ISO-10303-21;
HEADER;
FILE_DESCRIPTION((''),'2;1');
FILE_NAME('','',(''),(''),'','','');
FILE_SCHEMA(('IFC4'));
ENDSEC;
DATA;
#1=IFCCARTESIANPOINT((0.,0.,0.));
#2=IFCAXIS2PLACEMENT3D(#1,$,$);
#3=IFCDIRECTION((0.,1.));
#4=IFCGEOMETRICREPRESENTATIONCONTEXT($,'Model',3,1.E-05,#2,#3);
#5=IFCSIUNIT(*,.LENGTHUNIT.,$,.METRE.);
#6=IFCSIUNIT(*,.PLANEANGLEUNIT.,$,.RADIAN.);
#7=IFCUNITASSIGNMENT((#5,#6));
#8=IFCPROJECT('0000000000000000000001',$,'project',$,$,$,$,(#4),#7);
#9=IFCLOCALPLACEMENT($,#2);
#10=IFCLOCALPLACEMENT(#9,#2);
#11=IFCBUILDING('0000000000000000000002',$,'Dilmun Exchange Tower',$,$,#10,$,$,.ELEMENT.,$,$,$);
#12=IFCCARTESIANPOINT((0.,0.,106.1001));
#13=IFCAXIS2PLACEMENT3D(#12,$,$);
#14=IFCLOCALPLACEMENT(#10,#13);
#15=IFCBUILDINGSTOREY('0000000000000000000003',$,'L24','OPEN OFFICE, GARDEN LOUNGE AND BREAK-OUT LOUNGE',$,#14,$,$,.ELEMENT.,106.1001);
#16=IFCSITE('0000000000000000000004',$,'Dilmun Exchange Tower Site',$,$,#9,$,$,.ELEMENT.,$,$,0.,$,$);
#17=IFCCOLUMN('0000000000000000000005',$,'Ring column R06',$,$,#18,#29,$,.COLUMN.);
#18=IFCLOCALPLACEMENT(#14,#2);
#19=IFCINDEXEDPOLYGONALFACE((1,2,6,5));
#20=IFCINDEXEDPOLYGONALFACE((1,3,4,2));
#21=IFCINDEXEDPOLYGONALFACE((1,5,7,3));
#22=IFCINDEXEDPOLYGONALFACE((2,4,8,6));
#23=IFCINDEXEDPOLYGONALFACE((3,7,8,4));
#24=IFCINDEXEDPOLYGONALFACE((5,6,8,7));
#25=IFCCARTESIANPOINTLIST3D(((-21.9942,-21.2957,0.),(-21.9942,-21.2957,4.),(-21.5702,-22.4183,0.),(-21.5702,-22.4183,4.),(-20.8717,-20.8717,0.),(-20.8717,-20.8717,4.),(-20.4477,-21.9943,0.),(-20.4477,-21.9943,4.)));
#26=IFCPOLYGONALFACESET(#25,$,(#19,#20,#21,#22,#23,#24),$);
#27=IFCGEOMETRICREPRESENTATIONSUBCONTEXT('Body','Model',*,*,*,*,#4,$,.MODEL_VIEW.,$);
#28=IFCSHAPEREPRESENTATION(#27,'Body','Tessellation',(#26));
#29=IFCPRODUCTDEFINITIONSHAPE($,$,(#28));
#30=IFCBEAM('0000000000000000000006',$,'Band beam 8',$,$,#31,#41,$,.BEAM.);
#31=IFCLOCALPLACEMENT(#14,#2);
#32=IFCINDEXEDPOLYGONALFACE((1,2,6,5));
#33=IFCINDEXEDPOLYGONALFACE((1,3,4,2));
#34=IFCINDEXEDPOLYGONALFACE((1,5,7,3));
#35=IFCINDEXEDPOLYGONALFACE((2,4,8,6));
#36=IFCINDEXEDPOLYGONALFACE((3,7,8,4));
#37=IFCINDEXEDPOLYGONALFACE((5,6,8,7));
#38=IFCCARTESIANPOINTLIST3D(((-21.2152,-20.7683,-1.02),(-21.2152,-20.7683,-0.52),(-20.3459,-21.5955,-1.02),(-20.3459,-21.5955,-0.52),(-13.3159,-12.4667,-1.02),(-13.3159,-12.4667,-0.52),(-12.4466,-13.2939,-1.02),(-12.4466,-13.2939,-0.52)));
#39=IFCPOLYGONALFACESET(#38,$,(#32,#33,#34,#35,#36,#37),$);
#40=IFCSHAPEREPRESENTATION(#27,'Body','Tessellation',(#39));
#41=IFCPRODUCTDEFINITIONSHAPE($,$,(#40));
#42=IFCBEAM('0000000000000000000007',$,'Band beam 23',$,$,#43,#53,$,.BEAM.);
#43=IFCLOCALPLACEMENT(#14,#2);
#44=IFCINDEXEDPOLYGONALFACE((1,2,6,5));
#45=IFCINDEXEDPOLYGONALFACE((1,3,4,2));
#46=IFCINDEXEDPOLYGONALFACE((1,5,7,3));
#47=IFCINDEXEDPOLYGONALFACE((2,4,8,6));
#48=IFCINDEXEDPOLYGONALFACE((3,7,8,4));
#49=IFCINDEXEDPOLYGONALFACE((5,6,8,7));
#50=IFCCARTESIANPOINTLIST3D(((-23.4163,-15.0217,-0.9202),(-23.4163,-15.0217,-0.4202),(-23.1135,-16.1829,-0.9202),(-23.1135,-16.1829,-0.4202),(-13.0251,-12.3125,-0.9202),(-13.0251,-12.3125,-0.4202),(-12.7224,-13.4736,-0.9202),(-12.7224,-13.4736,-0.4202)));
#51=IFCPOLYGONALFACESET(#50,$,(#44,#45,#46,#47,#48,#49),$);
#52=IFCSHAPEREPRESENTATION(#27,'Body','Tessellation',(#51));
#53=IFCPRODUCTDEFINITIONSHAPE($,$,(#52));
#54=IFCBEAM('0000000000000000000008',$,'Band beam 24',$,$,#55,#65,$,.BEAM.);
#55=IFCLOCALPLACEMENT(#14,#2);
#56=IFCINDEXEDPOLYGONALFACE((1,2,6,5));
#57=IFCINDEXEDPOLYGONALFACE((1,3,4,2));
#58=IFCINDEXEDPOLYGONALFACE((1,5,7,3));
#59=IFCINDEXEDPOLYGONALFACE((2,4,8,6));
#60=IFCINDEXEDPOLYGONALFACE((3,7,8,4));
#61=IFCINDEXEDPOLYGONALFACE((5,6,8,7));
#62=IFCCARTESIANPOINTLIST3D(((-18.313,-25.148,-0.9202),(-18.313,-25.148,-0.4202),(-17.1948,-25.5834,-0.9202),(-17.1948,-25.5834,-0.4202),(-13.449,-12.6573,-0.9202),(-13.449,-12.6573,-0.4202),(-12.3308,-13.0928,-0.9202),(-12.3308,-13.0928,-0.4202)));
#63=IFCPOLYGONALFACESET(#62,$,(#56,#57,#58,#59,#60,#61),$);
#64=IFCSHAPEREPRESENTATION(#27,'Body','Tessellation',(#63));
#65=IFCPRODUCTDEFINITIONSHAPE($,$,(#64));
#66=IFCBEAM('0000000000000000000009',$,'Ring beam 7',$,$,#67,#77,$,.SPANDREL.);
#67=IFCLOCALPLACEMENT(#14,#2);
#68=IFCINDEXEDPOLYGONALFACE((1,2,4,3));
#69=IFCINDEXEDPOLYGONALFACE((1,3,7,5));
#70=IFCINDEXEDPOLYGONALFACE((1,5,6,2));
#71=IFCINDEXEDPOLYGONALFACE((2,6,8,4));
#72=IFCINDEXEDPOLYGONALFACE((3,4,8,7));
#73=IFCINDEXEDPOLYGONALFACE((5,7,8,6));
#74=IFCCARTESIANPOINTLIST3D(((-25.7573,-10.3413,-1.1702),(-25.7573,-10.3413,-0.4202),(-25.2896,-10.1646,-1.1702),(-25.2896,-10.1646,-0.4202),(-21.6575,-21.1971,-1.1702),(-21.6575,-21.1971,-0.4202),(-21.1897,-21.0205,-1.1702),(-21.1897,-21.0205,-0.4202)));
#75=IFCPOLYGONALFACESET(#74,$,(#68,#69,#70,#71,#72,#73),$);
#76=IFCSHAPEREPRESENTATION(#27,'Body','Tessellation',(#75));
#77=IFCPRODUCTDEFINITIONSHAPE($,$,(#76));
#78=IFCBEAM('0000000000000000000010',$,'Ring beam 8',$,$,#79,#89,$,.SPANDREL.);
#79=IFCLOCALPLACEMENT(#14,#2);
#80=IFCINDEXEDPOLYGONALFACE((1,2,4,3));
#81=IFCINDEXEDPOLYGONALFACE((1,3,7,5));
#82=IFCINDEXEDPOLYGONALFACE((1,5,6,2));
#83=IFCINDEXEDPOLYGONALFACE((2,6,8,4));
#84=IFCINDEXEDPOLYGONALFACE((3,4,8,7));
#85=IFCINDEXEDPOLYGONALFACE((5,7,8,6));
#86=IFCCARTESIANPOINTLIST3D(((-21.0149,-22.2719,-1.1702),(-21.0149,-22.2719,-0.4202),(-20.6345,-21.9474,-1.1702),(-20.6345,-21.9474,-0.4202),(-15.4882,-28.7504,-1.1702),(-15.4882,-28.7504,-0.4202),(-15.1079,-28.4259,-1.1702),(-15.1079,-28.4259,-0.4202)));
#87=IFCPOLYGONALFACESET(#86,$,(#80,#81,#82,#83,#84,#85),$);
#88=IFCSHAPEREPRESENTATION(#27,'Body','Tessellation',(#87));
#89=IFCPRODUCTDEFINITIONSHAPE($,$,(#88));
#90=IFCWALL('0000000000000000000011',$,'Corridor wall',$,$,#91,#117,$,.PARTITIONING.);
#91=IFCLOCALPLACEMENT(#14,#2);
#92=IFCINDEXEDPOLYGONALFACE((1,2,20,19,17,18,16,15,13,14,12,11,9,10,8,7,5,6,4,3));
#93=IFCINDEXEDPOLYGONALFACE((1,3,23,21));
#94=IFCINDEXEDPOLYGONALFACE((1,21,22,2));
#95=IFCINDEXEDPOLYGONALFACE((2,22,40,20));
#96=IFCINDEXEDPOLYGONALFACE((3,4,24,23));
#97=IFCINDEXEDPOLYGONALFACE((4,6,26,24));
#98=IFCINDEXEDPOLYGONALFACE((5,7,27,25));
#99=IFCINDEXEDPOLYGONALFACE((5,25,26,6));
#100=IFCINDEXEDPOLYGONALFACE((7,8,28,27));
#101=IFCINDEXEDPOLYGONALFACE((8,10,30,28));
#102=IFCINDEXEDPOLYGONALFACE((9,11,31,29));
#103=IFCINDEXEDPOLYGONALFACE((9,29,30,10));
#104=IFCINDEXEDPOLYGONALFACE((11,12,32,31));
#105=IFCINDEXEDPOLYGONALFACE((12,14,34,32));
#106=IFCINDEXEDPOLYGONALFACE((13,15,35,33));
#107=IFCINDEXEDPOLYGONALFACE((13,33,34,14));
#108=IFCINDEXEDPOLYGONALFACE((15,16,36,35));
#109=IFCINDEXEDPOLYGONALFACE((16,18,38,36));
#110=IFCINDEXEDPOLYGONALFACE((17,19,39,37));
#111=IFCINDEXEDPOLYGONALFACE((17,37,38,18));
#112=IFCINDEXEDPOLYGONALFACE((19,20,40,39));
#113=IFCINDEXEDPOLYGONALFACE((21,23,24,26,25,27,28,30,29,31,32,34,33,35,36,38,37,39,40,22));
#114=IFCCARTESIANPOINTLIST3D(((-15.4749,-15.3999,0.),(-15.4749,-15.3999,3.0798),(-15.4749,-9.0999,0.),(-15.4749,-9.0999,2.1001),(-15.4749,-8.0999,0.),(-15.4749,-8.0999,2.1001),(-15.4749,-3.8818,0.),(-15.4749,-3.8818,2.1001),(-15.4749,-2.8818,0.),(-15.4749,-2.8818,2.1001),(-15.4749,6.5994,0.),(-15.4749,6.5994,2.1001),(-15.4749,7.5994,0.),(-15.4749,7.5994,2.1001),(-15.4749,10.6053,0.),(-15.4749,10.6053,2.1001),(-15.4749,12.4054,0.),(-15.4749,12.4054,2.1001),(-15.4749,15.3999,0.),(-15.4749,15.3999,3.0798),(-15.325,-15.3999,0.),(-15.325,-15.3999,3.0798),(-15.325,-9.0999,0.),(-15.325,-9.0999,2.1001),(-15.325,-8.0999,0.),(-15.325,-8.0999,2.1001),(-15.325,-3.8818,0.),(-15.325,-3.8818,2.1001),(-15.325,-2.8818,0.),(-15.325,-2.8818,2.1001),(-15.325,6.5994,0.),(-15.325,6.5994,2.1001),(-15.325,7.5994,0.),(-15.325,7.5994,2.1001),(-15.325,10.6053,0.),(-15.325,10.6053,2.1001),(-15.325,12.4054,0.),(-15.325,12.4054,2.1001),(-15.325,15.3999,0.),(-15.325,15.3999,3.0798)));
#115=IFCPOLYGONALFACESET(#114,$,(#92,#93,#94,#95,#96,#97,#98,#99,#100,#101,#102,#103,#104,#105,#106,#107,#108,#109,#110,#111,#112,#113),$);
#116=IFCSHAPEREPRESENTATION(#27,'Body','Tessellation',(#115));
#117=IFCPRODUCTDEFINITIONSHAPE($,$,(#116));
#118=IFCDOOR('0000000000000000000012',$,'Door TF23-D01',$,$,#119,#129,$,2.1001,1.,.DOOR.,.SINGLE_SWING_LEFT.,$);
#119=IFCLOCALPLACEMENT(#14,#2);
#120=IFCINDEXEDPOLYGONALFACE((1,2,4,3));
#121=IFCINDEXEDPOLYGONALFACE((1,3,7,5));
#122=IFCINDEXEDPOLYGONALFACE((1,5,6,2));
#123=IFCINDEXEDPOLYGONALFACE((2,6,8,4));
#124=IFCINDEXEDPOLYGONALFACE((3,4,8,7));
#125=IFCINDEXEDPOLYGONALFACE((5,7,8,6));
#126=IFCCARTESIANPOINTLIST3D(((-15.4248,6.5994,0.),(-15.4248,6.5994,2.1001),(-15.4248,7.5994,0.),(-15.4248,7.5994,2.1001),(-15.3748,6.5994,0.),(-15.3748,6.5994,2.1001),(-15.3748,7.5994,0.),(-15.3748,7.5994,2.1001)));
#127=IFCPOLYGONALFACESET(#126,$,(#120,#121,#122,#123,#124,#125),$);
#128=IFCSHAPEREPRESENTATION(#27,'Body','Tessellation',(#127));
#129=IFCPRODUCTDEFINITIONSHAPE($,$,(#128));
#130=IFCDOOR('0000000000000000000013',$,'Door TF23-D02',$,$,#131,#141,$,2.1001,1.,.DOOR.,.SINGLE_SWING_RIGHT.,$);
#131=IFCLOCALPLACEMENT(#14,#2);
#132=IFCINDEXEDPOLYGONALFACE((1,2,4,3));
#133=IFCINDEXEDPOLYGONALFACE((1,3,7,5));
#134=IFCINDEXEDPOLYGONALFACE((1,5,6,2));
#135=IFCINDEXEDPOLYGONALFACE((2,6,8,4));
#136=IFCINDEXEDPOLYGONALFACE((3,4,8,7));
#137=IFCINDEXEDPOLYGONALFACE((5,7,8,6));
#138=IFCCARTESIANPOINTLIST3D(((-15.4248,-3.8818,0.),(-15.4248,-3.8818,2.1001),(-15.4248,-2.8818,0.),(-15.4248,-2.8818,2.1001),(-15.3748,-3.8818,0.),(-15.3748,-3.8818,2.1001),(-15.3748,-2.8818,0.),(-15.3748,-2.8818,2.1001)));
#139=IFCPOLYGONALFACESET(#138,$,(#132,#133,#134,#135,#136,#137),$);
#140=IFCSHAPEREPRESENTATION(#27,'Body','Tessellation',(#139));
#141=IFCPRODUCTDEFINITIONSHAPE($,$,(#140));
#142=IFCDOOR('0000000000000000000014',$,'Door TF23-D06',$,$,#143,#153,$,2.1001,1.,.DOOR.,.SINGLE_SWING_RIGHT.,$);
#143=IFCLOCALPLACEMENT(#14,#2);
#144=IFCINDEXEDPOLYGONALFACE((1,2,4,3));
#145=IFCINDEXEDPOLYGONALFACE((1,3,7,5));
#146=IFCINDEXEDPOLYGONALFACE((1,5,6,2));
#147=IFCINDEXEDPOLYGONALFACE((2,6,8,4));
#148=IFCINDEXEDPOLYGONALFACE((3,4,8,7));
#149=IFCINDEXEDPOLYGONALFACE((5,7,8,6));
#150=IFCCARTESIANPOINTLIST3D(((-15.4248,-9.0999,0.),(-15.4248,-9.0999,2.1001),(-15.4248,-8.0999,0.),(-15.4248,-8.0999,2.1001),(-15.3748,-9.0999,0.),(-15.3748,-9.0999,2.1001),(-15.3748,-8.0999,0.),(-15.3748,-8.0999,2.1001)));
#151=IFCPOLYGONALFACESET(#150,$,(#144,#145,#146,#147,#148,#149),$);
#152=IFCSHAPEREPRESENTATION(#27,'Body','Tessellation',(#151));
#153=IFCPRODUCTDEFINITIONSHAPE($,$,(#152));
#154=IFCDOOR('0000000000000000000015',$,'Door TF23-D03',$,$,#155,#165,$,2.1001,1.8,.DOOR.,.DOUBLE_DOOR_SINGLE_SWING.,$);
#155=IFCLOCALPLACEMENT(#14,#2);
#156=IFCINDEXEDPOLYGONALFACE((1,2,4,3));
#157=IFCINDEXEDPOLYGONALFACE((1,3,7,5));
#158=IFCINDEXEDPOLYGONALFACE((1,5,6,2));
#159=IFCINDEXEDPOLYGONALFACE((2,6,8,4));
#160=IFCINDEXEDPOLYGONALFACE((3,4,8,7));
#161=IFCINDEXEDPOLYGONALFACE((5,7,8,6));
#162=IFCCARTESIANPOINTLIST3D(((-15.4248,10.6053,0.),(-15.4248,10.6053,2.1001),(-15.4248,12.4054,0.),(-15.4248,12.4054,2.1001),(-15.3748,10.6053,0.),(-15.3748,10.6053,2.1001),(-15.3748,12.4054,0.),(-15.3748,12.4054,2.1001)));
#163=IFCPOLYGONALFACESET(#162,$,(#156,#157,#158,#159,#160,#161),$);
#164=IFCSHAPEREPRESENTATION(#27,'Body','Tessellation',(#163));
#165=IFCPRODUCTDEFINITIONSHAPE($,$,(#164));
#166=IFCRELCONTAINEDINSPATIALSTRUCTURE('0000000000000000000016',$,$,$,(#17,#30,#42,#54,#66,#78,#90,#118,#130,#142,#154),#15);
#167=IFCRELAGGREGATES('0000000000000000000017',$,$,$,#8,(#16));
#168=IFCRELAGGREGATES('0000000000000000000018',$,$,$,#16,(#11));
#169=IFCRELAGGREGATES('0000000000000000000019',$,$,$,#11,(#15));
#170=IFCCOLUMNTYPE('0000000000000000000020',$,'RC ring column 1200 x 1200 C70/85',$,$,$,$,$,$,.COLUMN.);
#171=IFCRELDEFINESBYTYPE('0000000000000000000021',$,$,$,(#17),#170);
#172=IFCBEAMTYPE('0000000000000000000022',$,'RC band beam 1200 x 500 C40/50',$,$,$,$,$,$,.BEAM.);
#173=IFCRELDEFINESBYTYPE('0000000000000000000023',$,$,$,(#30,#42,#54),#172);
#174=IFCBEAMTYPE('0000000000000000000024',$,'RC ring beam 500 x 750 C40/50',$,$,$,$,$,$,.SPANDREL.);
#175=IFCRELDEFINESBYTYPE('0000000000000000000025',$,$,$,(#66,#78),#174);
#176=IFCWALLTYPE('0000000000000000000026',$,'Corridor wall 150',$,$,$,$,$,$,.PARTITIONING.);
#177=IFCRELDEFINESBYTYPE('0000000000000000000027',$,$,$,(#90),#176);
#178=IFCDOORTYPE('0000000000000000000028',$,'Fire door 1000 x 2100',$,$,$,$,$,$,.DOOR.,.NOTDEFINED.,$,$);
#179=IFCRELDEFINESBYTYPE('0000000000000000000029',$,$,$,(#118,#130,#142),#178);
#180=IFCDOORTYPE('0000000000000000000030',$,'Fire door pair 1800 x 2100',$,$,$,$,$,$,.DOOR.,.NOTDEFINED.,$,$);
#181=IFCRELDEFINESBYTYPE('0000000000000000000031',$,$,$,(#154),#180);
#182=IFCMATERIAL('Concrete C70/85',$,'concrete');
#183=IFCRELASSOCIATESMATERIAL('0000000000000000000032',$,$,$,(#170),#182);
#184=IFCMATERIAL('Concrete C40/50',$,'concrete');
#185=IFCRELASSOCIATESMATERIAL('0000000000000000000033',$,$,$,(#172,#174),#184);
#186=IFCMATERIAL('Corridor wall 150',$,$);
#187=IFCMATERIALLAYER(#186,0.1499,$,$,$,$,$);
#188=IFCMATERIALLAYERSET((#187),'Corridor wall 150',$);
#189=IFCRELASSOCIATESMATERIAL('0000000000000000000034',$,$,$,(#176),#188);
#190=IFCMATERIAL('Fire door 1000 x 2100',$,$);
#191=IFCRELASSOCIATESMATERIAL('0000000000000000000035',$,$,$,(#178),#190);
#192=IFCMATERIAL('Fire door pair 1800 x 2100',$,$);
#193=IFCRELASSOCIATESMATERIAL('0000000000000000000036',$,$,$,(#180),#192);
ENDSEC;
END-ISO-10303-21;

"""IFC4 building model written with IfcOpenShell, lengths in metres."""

from ifc_helpers import new_model, si_unit, direction, frame, frame_2d, origin, origin_2d, place, context, subcontext, project, spatial, rectangle, extrude, material, layer, layer_set, material_profile, profile_set, type_object, element, fill, save


model = new_model("IFC4")

# Units and contexts
model_context = context("Model", 3, precision=1e-05, world=origin(), true_north=direction((0.0, 1.0)))
body_context = subcontext(model_context, "Body", "Model", "MODEL_VIEW")
ifc_project = project(units=[si_unit("LENGTHUNIT", "METRE"), si_unit("PLANEANGLEUNIT", "RADIAN")], contexts=[model_context])

# Site, building, storey
site_placement = place(None, origin())
site = spatial("IfcSite", under=ifc_project, at=site_placement, Name="Dilmun Exchange Tower Site", CompositionType="ELEMENT", RefElevation=0.0)
building_placement = place(site_placement, origin())
building = spatial("IfcBuilding", under=site, at=building_placement, Name="Dilmun Exchange Tower", CompositionType="ELEMENT")
storey_placement = place(building_placement, frame((0.0, 0.0, 106.1001)))
storey = spatial("IfcBuildingStorey", under=building, at=storey_placement, Name="L24", Description="OPEN OFFICE, GARDEN LOUNGE AND BREAK-OUT LOUNGE", CompositionType="ELEMENT", Elevation=106.1001)

# Column
ifc_material_1 = material(Name="Concrete C70/85", Category="concrete")
ifc_material_profile_1 = material_profile(ifc_material_1, rectangle(XDim=1.2, YDim=1.2, at=origin_2d()), Name="1200 x 1200")
ifc_profile_set_1 = profile_set([ifc_material_profile_1], Name="Concrete C70/85")
column_type = type_object("IfcColumnType", Name="RC ring column 1200 x 1200 C70/85", PredefinedType="COLUMN", material=ifc_profile_set_1)
column_placement = place(storey_placement, frame((-21.2209, -21.645, 0.0), z_axis=(0.0, 0.0, 1.0), x_axis=(0.935492, 0.353349, 0.0)))
element("IfcColumn", 1, at=column_placement, inside=storey, type_object=column_type, Name="Ring column R06", PredefinedType="COLUMN", context=body_context, shape_type="SweptSolid", body=[
    extrude(rectangle(XDim=1.2, YDim=1.2, at=origin_2d()), origin(), (0.0, 0.0, 1.0), 4.0),
])

# Beams
ifc_material_2 = material(Name="Concrete C40/50", Category="concrete")
ifc_material_profile_2 = material_profile(ifc_material_2, rectangle(XDim=1.2, YDim=0.5, at=origin_2d()), Name="1200 x 500")
ifc_profile_set_2 = profile_set([ifc_material_profile_2], Name="Concrete C40/50")
beam_type_1 = type_object("IfcBeamType", Name="RC band beam 1200 x 500 C40/50", PredefinedType="BEAM", material=ifc_profile_set_2)
beam_1_placement = place(storey_placement, frame((-20.7805, -21.1819, -0.77), z_axis=(0.689333, 0.724444, 0.0), x_axis=(-0.724444, 0.689333, 0.0)))
element("IfcBeam", 2, at=beam_1_placement, inside=storey, type_object=beam_type_1, Name="Band beam 8", PredefinedType="BEAM", context=body_context, shape_type="SweptSolid", body=[
    extrude(rectangle(XDim=1.2, YDim=0.5, at=origin_2d()), origin(), (0.0, 0.0, 1.0), 11.4592),
])
beam_2_placement = place(storey_placement, frame((-23.2649, -15.6023, -0.6702), z_axis=(0.967651, 0.252291, 0.0), x_axis=(-0.252291, 0.967651, 0.0)))
element("IfcBeam", 3, at=beam_2_placement, inside=storey, type_object=beam_type_1, Name="Band beam 23", PredefinedType="BEAM", context=body_context, shape_type="SweptSolid", body=[
    extrude(rectangle(XDim=1.2, YDim=0.5, at=origin_2d()), origin(), (0.0, 0.0, 1.0), 10.7385),
])
beam_3_placement = place(storey_placement, frame((-17.7539, -25.3657, -0.6702), z_axis=(0.362868, 0.931841, 0.0), x_axis=(-0.931841, 0.362868, 0.0)))
element("IfcBeam", 4, at=beam_3_placement, inside=storey, type_object=beam_type_1, Name="Band beam 24", PredefinedType="BEAM", context=body_context, shape_type="SweptSolid", body=[
    extrude(rectangle(XDim=1.2, YDim=0.5, at=origin_2d()), origin(), (0.0, 0.0, 1.0), 13.4043),
])
ifc_material_profile_3 = material_profile(ifc_material_2, rectangle(XDim=0.5, YDim=0.75, at=origin_2d()), Name="500 x 750")
ifc_profile_set_3 = profile_set([ifc_material_profile_3], Name="Concrete C40/50")
beam_type_2 = type_object("IfcBeamType", Name="RC ring beam 500 x 750 C40/50", PredefinedType="SPANDREL", material=ifc_profile_set_3)
beam_4_placement = place(storey_placement, frame((-25.5234, -10.2529, -0.7952), z_axis=(0.353304, -0.935509, 0.0), x_axis=(0.935509, 0.353304, 0.0)))
element("IfcBeam", 5, at=beam_4_placement, inside=storey, type_object=beam_type_2, Name="Ring beam 7", PredefinedType="SPANDREL", context=body_context, shape_type="SweptSolid", body=[
    extrude(rectangle(XDim=0.5, YDim=0.75, at=origin_2d()), origin(), (0.0, 0.0, 1.0), 11.6042),
])
beam_5_placement = place(storey_placement, frame((-20.8247, -22.1096, -0.7952), z_axis=(0.649002, -0.760786, 0.0), x_axis=(0.760786, 0.649002, 0.0)))
element("IfcBeam", 6, at=beam_5_placement, inside=storey, type_object=beam_type_2, Name="Ring beam 8", PredefinedType="SPANDREL", context=body_context, shape_type="SweptSolid", body=[
    extrude(rectangle(XDim=0.5, YDim=0.75, at=origin_2d()), origin(), (0.0, 0.0, 1.0), 8.5156),
])

# Wall, openings, doors
ifc_material_3 = material(Name="Corridor wall 150")
ifc_layer = layer(ifc_material_3, 0.1499)
ifc_layer_set = layer_set([ifc_layer], Name="Corridor wall 150")
wall_type = type_object("IfcWallType", Name="Corridor wall 150", PredefinedType="PARTITIONING", material=ifc_layer_set)
wall_placement = place(storey_placement, frame((-15.3999, -15.3999, 0.0), z_axis=(0.0, 0.0, 1.0), x_axis=(0.0, 1.0, 0.0)))
wall = element("IfcWall", 7, at=wall_placement, inside=storey, type_object=wall_type, Name="Corridor wall", PredefinedType="PARTITIONING", context=body_context, shape_type="SweptSolid", body=[
    extrude(rectangle(XDim=30.7998, YDim=0.1499, at=frame_2d((15.3999, 0.0))), origin(), (0.0, 0.0, 1.0), 3.0798),
])
opening_1_placement = place(wall_placement, frame((21.9993, 0.0, 0.0)))
opening_1 = element("IfcOpeningElement", 8, at=opening_1_placement, cuts=wall, PredefinedType="OPENING", context=body_context, shape_type="SweptSolid", body=[
    extrude(rectangle(XDim=1.0, YDim=2.1001, at=frame_2d((0.5, 1.05))), frame((0.0, 0.085, 0.0), z_axis=(0.0, -1.0, 0.0), x_axis=(1.0, 0.0, 0.0)), (0.0, 0.0, 1.0), 0.1699),
])
opening_2_placement = place(wall_placement, frame((11.5181, 0.0, 0.0)))
opening_2 = element("IfcOpeningElement", 9, at=opening_2_placement, cuts=wall, PredefinedType="OPENING", context=body_context, shape_type="SweptSolid", body=[
    extrude(rectangle(XDim=1.0, YDim=2.1001, at=frame_2d((0.5, 1.05))), frame((0.0, 0.085, 0.0), z_axis=(0.0, -1.0, 0.0), x_axis=(1.0, 0.0, 0.0)), (0.0, 0.0, 1.0), 0.1699),
])
opening_3_placement = place(wall_placement, frame((26.0054, 0.0, 0.0)))
opening_3 = element("IfcOpeningElement", 10, at=opening_3_placement, cuts=wall, PredefinedType="OPENING", context=body_context, shape_type="SweptSolid", body=[
    extrude(rectangle(XDim=1.8, YDim=2.1001, at=frame_2d((0.8999, 1.05))), frame((0.0, 0.085, 0.0), z_axis=(0.0, -1.0, 0.0), x_axis=(1.0, 0.0, 0.0)), (0.0, 0.0, 1.0), 0.1699),
])
opening_4_placement = place(wall_placement, frame((6.3, 0.0, 0.0)))
opening_4 = element("IfcOpeningElement", 11, at=opening_4_placement, cuts=wall, PredefinedType="OPENING", context=body_context, shape_type="SweptSolid", body=[
    extrude(rectangle(XDim=1.0, YDim=2.1001, at=frame_2d((0.5, 1.05))), frame((0.0, 0.085, 0.0), z_axis=(0.0, -1.0, 0.0), x_axis=(1.0, 0.0, 0.0)), (0.0, 0.0, 1.0), 0.1699),
])
ifc_material_4 = material(Name="Fire door 1000 x 2100")
door_type_1 = type_object("IfcDoorType", Name="Fire door 1000 x 2100", OperationType="NOTDEFINED", PredefinedType="DOOR", material=ifc_material_4)
door_1_placement = place(opening_1_placement, origin())
door_1 = element("IfcDoor", 12, at=door_1_placement, inside=storey, type_object=door_type_1, Name="Door TF23-D01", OperationType="SINGLE_SWING_LEFT", OverallHeight=2.1001, OverallWidth=1.0, PredefinedType="DOOR", context=body_context, shape_type="SweptSolid", body=[
    extrude(rectangle(XDim=1.0, YDim=2.1001, at=frame_2d((0.5, 1.05))), frame((0.0, 0.0249, 0.0), z_axis=(0.0, -1.0, 0.0), x_axis=(1.0, 0.0, 0.0)), (0.0, 0.0, 1.0), 0.05),
])
fill(opening_1, door_1)
door_2_placement = place(opening_2_placement, origin())
door_2 = element("IfcDoor", 13, at=door_2_placement, inside=storey, type_object=door_type_1, Name="Door TF23-D02", OperationType="SINGLE_SWING_RIGHT", OverallHeight=2.1001, OverallWidth=1.0, PredefinedType="DOOR", context=body_context, shape_type="SweptSolid", body=[
    extrude(rectangle(XDim=1.0, YDim=2.1001, at=frame_2d((0.5, 1.05))), frame((0.0, 0.0249, 0.0), z_axis=(0.0, -1.0, 0.0), x_axis=(1.0, 0.0, 0.0)), (0.0, 0.0, 1.0), 0.05),
])
fill(opening_2, door_2)
door_3_placement = place(opening_4_placement, origin())
door_3 = element("IfcDoor", 14, at=door_3_placement, inside=storey, type_object=door_type_1, Name="Door TF23-D06", OperationType="SINGLE_SWING_RIGHT", OverallHeight=2.1001, OverallWidth=1.0, PredefinedType="DOOR", context=body_context, shape_type="SweptSolid", body=[
    extrude(rectangle(XDim=1.0, YDim=2.1001, at=frame_2d((0.5, 1.05))), frame((0.0, 0.0249, 0.0), z_axis=(0.0, -1.0, 0.0), x_axis=(1.0, 0.0, 0.0)), (0.0, 0.0, 1.0), 0.05),
])
fill(opening_4, door_3)
ifc_material_5 = material(Name="Fire door pair 1800 x 2100")
door_type_2 = type_object("IfcDoorType", Name="Fire door pair 1800 x 2100", OperationType="NOTDEFINED", PredefinedType="DOOR", material=ifc_material_5)
door_4_placement = place(opening_3_placement, origin())
door_4 = element("IfcDoor", 15, at=door_4_placement, inside=storey, type_object=door_type_2, Name="Door TF23-D03", OperationType="DOUBLE_DOOR_SINGLE_SWING", OverallHeight=2.1001, OverallWidth=1.8, PredefinedType="DOOR", context=body_context, shape_type="SweptSolid", body=[
    extrude(rectangle(XDim=1.8, YDim=2.1001, at=frame_2d((0.8999, 1.05))), frame((0.0, 0.0249, 0.0), z_axis=(0.0, -1.0, 0.0), x_axis=(1.0, 0.0, 0.0)), (0.0, 0.0, 1.0), 0.05),
])
fill(opening_3, door_4)

save(model, "model.ifc")
